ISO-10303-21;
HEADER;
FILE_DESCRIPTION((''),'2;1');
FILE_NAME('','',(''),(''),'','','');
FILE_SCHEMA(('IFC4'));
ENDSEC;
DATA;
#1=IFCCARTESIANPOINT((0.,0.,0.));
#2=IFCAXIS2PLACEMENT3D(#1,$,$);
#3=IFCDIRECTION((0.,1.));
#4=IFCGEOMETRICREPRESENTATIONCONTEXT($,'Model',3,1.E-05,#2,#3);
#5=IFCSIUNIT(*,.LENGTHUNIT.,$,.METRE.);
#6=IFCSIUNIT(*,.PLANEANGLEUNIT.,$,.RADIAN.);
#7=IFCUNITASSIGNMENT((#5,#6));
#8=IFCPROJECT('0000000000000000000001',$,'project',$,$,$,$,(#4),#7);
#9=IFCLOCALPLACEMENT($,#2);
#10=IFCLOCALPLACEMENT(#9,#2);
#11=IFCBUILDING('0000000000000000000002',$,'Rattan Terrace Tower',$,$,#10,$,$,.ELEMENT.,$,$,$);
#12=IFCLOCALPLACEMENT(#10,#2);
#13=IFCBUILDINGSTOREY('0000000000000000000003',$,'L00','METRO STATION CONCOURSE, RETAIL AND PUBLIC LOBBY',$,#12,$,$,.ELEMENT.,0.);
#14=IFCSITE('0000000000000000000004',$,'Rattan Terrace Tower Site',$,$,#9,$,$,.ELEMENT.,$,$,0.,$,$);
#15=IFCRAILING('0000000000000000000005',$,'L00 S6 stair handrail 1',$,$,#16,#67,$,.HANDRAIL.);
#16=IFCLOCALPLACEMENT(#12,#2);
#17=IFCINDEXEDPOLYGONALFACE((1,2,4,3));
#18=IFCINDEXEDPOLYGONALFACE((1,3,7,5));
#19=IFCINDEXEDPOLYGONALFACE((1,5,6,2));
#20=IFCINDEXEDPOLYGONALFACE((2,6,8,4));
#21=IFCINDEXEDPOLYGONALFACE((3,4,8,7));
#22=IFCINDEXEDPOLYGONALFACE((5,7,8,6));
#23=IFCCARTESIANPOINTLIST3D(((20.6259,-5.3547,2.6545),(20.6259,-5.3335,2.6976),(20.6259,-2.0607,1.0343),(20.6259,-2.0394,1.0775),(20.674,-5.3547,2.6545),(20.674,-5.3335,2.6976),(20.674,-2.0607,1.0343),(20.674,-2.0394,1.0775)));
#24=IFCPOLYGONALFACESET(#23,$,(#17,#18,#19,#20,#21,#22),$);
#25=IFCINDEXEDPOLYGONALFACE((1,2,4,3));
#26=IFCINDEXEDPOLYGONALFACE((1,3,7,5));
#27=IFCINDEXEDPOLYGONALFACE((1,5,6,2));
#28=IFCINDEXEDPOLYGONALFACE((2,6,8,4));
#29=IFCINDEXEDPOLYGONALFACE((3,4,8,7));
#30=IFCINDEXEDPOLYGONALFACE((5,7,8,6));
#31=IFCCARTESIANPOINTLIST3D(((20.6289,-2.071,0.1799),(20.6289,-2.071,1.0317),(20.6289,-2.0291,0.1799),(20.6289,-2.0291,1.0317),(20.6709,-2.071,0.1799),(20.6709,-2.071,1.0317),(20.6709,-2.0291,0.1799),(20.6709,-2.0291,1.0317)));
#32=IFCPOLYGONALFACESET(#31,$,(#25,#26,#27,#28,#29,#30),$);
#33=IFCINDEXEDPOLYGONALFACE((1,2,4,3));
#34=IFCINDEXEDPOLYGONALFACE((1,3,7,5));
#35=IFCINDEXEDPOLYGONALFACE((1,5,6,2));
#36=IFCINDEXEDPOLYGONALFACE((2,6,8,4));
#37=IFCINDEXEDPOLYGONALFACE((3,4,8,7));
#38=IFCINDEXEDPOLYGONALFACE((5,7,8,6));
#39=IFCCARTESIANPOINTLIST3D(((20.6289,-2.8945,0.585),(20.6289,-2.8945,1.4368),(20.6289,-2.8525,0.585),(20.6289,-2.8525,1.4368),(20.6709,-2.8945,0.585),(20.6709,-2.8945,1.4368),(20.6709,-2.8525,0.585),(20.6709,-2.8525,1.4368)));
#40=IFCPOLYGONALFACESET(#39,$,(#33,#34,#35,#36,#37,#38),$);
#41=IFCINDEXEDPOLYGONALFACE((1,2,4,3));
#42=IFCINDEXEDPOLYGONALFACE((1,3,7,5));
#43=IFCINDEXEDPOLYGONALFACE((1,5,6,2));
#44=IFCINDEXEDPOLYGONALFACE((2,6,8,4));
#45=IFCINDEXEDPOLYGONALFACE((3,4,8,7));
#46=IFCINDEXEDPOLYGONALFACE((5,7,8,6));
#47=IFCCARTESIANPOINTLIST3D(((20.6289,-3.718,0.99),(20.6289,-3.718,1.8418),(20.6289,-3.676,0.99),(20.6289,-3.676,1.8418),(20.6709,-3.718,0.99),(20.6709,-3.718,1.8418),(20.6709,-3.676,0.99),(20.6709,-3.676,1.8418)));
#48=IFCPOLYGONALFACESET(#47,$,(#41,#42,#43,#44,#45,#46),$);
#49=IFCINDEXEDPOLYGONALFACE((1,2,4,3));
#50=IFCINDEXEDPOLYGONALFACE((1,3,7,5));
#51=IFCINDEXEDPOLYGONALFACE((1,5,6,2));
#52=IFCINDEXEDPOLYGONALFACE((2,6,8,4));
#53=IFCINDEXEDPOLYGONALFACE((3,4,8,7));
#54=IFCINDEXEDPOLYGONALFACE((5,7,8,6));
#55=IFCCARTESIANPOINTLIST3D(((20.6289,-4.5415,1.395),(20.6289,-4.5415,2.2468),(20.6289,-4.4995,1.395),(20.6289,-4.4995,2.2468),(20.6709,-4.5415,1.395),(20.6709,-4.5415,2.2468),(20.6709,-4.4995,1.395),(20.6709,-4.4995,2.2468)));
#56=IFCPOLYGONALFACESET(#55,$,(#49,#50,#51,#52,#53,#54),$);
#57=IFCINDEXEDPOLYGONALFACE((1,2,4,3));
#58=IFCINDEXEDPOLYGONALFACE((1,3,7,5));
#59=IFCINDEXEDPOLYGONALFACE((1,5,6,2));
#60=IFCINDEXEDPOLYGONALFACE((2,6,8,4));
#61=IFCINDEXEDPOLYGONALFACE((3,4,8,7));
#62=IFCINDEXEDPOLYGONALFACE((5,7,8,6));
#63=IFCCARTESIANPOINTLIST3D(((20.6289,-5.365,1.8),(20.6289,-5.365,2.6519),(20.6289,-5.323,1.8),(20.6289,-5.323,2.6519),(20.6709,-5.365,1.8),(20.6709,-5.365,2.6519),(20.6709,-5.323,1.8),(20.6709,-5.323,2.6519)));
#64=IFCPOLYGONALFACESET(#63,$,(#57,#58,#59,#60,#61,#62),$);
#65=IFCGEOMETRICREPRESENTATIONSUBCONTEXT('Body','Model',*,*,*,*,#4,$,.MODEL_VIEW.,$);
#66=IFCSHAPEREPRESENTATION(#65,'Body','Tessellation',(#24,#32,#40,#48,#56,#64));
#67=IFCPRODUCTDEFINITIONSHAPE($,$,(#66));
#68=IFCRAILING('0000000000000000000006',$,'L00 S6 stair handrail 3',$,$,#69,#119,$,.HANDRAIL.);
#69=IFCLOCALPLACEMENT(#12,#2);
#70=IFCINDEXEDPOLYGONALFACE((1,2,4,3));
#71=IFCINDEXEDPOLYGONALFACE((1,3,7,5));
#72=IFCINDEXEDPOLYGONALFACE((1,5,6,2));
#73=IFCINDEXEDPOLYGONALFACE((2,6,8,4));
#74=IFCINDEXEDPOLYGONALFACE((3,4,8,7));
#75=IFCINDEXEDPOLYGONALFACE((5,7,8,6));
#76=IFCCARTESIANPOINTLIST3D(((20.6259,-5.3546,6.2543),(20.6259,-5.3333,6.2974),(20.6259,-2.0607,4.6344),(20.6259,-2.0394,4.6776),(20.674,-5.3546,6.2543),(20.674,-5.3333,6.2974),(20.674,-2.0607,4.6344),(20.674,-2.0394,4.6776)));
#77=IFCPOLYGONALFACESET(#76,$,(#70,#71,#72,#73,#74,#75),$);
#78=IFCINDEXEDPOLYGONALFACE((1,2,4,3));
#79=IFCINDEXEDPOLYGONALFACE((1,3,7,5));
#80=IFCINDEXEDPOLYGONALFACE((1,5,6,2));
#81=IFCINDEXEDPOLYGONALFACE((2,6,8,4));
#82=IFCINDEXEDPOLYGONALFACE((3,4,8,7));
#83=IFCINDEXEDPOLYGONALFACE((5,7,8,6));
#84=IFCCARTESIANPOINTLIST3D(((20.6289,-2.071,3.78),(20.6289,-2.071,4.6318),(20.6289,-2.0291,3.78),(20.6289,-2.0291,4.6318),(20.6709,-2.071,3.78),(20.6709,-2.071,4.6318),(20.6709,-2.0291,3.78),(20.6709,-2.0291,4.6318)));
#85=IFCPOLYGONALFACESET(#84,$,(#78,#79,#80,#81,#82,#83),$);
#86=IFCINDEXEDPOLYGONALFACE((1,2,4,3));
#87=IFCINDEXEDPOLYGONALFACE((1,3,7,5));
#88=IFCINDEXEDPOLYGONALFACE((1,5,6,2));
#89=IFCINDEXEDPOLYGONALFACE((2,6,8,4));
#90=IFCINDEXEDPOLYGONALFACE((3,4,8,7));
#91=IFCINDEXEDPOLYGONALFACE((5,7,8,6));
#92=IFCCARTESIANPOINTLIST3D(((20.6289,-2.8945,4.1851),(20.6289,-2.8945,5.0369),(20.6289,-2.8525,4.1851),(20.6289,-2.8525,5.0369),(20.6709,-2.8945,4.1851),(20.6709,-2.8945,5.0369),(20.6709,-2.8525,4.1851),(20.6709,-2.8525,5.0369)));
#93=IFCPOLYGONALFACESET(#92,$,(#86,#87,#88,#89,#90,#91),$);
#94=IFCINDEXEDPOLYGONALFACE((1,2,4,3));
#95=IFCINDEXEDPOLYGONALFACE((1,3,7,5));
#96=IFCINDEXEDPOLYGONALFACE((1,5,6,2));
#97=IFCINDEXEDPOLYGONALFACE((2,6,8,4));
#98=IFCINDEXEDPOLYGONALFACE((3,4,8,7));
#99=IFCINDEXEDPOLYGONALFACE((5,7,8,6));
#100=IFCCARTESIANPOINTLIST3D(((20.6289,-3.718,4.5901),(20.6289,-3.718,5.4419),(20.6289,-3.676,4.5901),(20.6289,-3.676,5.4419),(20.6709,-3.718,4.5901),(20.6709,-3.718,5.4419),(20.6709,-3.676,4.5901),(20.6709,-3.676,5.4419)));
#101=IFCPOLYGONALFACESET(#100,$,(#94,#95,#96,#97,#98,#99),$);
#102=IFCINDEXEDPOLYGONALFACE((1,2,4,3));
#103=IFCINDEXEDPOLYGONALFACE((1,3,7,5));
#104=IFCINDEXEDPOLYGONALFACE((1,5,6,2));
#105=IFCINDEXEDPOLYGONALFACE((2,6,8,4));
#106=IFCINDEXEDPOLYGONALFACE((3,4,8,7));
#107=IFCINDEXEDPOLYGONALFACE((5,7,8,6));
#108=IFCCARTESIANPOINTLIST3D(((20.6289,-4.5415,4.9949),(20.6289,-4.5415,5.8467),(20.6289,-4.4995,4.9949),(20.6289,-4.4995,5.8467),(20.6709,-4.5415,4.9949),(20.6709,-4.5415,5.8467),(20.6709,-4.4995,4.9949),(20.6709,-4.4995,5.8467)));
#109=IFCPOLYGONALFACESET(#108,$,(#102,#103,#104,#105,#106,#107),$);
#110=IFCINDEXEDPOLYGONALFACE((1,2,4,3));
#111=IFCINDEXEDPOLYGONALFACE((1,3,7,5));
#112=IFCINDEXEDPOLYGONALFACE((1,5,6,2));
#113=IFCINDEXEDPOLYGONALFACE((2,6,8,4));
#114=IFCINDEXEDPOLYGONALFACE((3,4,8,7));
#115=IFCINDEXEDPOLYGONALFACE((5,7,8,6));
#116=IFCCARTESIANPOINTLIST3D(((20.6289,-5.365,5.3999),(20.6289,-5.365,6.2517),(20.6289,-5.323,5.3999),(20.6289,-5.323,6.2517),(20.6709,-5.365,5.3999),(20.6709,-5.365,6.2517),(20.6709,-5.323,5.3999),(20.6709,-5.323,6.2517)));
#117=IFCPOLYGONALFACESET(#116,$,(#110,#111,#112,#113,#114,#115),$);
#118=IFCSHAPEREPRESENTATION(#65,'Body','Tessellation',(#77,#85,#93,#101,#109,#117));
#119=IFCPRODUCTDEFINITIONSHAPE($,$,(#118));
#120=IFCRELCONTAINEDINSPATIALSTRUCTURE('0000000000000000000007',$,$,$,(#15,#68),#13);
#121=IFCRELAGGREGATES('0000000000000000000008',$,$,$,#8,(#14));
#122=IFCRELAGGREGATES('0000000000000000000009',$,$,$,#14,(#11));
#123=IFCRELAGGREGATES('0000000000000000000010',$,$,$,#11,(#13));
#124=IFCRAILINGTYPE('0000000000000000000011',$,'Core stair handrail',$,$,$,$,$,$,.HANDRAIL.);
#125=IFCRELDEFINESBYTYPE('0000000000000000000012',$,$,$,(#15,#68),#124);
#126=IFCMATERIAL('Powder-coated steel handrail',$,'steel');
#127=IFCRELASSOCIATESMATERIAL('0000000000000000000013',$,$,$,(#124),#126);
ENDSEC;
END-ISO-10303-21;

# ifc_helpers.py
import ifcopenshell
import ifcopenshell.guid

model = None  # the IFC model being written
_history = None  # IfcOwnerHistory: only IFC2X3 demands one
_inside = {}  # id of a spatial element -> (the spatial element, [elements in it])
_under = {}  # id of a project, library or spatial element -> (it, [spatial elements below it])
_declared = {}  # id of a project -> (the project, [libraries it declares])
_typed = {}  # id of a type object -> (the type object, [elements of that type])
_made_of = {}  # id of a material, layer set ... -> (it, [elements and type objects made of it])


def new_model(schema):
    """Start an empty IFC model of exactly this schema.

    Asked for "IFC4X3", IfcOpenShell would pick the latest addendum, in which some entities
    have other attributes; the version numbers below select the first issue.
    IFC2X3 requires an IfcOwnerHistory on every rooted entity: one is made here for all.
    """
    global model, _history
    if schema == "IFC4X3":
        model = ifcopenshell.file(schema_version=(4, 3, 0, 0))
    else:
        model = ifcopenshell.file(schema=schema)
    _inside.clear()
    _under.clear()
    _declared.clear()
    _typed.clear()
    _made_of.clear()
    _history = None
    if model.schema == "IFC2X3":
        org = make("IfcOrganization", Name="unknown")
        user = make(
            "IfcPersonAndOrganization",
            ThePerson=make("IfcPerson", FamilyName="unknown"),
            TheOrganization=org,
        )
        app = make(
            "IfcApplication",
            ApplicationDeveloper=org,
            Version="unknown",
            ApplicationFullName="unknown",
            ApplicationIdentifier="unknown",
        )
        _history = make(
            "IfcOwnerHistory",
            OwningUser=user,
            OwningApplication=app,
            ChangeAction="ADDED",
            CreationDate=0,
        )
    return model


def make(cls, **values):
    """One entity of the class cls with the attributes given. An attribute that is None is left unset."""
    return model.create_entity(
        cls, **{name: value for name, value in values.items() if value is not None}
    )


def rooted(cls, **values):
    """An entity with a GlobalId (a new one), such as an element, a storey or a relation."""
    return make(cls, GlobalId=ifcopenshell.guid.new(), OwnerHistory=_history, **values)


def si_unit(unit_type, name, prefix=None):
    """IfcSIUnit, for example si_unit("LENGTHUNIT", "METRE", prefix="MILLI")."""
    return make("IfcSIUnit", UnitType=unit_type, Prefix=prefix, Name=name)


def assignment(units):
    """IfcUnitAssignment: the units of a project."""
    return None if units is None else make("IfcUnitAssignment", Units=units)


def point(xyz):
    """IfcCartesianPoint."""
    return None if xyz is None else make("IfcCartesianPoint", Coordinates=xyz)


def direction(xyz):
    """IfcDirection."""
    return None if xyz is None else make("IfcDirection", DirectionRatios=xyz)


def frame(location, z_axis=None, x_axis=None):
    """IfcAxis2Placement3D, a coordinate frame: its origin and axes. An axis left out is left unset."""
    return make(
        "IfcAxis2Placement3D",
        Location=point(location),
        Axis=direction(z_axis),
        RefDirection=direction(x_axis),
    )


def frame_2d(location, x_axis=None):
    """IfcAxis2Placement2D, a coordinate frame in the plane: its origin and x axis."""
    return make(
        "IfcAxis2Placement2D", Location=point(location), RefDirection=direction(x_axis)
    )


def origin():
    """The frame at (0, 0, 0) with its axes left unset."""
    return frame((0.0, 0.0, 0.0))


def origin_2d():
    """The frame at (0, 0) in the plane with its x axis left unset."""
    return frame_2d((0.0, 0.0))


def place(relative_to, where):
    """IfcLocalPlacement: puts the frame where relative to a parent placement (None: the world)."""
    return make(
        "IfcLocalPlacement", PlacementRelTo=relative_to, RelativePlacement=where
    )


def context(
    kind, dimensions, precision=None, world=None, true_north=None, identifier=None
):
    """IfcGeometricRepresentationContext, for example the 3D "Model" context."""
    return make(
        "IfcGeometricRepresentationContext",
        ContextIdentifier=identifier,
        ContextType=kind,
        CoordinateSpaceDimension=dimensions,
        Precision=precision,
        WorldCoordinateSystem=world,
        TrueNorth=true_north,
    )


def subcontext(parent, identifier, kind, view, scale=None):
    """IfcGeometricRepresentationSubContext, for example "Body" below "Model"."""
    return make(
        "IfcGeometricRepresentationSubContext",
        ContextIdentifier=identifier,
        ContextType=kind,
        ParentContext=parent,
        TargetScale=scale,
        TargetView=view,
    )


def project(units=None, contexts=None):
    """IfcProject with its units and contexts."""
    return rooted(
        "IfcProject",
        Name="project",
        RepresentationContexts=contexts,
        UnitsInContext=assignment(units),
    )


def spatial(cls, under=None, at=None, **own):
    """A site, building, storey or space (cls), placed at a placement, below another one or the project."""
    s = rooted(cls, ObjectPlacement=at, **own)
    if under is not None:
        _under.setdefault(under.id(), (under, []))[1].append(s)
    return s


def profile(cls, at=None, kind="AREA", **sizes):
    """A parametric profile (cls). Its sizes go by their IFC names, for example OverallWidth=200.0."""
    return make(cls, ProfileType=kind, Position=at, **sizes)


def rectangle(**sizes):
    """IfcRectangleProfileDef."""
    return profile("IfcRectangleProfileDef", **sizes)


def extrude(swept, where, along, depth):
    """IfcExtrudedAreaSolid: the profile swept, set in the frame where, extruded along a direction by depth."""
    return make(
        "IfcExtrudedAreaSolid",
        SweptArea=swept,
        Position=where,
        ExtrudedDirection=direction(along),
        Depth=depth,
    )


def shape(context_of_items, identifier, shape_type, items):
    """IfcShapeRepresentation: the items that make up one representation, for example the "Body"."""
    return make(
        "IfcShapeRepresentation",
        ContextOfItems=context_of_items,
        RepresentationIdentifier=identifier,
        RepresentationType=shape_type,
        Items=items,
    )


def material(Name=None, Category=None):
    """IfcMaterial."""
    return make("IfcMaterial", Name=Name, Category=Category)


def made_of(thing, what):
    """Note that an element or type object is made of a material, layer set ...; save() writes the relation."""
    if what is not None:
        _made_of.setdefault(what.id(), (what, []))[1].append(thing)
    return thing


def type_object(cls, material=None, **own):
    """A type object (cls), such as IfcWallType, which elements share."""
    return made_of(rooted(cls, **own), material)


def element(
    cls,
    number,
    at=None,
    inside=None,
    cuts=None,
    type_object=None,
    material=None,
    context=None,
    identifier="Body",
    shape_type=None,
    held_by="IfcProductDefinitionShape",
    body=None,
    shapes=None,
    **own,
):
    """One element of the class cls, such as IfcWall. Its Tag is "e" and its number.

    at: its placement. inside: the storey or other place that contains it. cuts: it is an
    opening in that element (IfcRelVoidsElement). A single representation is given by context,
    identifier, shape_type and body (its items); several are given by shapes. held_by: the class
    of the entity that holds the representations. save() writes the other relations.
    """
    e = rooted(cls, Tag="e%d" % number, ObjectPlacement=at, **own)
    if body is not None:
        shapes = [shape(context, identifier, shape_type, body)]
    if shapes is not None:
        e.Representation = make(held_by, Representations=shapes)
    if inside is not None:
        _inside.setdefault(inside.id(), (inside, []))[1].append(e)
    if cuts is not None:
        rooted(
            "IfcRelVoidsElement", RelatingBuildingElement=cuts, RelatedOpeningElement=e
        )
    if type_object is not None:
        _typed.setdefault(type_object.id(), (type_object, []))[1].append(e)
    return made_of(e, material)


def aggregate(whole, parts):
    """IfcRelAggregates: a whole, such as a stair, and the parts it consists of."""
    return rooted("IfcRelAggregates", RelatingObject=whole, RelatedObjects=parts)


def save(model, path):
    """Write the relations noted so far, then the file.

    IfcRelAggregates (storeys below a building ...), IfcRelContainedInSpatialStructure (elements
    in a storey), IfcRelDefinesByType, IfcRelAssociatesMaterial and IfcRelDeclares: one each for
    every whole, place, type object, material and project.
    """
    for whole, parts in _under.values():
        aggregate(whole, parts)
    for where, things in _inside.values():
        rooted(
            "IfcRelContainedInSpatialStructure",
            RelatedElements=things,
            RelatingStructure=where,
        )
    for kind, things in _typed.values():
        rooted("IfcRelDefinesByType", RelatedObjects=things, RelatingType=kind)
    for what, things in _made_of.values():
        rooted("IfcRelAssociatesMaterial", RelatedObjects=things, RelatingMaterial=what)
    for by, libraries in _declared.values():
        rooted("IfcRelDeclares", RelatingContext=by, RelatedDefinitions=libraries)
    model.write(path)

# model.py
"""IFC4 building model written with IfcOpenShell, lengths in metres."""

from ifc_helpers import new_model, si_unit, direction, frame, origin, origin_2d, place, context, subcontext, project, spatial, rectangle, extrude, material, type_object, element, save


model = new_model("IFC4")

# Units and contexts
model_context = context("Model", 3, precision=1e-05, world=origin(), true_north=direction((0.0, 1.0)))
body_context = subcontext(model_context, "Body", "Model", "MODEL_VIEW")
ifc_project = project(units=[si_unit("LENGTHUNIT", "METRE"), si_unit("PLANEANGLEUNIT", "RADIAN")], contexts=[model_context])

# Site, building, storey
site_placement = place(None, origin())
site = spatial("IfcSite", under=ifc_project, at=site_placement, Name="Rattan Terrace Tower Site", CompositionType="ELEMENT", RefElevation=0.0)
building_placement = place(site_placement, origin())
building = spatial("IfcBuilding", under=site, at=building_placement, Name="Rattan Terrace Tower", CompositionType="ELEMENT")
storey_placement = place(building_placement, origin())
storey = spatial("IfcBuildingStorey", under=building, at=storey_placement, Name="L00", Description="METRO STATION CONCOURSE, RETAIL AND PUBLIC LOBBY", CompositionType="ELEMENT", Elevation=0.0)

# Railings
ifc_material_1 = material(Name="Powder-coated steel handrail", Category="steel")
railing_type_1 = type_object("IfcRailingType", Name="Core stair handrail", PredefinedType="HANDRAIL", material=ifc_material_1)
railing_1_placement = place(storey_placement, frame((20.6499, -2.05, 0.1799)))
element("IfcRailing", 1, at=railing_1_placement, inside=storey, type_object=railing_type_1, Name="L00 S6 stair handrail 1", PredefinedType="HANDRAIL", context=body_context, shape_type="SweptSolid", body=[
    extrude(rectangle(XDim=0.0481, YDim=0.0481, at=origin_2d()), frame((0.0, 0.0, 0.876), z_axis=(0.0, -0.897334, 0.441351), x_axis=(1.0, 0.0, 0.0)), (0.0, 0.0, 1.0), 3.6709),
    extrude(rectangle(XDim=0.042, YDim=0.042, at=origin_2d()), origin(), (0.0, 0.0, 1.0), 0.8518),
    extrude(rectangle(XDim=0.042, YDim=0.042, at=origin_2d()), frame((0.0, -0.8235, 0.405)), (0.0, 0.0, 1.0), 0.8518),
    extrude(rectangle(XDim=0.042, YDim=0.042, at=origin_2d()), frame((0.0, -1.647, 0.8101)), (0.0, 0.0, 1.0), 0.8518),
    extrude(rectangle(XDim=0.042, YDim=0.042, at=origin_2d()), frame((0.0, -2.4705, 1.2151)), (0.0, 0.0, 1.0), 0.8518),
    extrude(rectangle(XDim=0.042, YDim=0.042, at=origin_2d()), frame((0.0, -3.2939, 1.6201)), (0.0, 0.0, 1.0), 0.8518),
])
railing_2_placement = place(storey_placement, frame((20.6499, -2.05, 3.78)))
element("IfcRailing", 2, at=railing_2_placement, inside=storey, type_object=railing_type_1, Name="L00 S6 stair handrail 3", PredefinedType="HANDRAIL", context=body_context, shape_type="SweptSolid", body=[
    extrude(rectangle(XDim=0.0481, YDim=0.0481, at=origin_2d()), frame((0.0, 0.0, 0.876), z_axis=(0.0, -0.897361, 0.441298), x_axis=(1.0, 0.0, 0.0)), (0.0, 0.0, 1.0), 3.6707),
    extrude(rectangle(XDim=0.042, YDim=0.042, at=origin_2d()), origin(), (0.0, 0.0, 1.0), 0.8518),
    extrude(rectangle(XDim=0.042, YDim=0.042, at=origin_2d()), frame((0.0, -0.8235, 0.405)), (0.0, 0.0, 1.0), 0.8518),
    extrude(rectangle(XDim=0.042, YDim=0.042, at=origin_2d()), frame((0.0, -1.647, 0.8101)), (0.0, 0.0, 1.0), 0.8518),
    extrude(rectangle(XDim=0.042, YDim=0.042, at=origin_2d()), frame((0.0, -2.4705, 1.2148)), (0.0, 0.0, 1.0), 0.8518),
    extrude(rectangle(XDim=0.042, YDim=0.042, at=origin_2d()), frame((0.0, -3.2939, 1.6199)), (0.0, 0.0, 1.0), 0.8518),
])

save(model, "model.ifc")
